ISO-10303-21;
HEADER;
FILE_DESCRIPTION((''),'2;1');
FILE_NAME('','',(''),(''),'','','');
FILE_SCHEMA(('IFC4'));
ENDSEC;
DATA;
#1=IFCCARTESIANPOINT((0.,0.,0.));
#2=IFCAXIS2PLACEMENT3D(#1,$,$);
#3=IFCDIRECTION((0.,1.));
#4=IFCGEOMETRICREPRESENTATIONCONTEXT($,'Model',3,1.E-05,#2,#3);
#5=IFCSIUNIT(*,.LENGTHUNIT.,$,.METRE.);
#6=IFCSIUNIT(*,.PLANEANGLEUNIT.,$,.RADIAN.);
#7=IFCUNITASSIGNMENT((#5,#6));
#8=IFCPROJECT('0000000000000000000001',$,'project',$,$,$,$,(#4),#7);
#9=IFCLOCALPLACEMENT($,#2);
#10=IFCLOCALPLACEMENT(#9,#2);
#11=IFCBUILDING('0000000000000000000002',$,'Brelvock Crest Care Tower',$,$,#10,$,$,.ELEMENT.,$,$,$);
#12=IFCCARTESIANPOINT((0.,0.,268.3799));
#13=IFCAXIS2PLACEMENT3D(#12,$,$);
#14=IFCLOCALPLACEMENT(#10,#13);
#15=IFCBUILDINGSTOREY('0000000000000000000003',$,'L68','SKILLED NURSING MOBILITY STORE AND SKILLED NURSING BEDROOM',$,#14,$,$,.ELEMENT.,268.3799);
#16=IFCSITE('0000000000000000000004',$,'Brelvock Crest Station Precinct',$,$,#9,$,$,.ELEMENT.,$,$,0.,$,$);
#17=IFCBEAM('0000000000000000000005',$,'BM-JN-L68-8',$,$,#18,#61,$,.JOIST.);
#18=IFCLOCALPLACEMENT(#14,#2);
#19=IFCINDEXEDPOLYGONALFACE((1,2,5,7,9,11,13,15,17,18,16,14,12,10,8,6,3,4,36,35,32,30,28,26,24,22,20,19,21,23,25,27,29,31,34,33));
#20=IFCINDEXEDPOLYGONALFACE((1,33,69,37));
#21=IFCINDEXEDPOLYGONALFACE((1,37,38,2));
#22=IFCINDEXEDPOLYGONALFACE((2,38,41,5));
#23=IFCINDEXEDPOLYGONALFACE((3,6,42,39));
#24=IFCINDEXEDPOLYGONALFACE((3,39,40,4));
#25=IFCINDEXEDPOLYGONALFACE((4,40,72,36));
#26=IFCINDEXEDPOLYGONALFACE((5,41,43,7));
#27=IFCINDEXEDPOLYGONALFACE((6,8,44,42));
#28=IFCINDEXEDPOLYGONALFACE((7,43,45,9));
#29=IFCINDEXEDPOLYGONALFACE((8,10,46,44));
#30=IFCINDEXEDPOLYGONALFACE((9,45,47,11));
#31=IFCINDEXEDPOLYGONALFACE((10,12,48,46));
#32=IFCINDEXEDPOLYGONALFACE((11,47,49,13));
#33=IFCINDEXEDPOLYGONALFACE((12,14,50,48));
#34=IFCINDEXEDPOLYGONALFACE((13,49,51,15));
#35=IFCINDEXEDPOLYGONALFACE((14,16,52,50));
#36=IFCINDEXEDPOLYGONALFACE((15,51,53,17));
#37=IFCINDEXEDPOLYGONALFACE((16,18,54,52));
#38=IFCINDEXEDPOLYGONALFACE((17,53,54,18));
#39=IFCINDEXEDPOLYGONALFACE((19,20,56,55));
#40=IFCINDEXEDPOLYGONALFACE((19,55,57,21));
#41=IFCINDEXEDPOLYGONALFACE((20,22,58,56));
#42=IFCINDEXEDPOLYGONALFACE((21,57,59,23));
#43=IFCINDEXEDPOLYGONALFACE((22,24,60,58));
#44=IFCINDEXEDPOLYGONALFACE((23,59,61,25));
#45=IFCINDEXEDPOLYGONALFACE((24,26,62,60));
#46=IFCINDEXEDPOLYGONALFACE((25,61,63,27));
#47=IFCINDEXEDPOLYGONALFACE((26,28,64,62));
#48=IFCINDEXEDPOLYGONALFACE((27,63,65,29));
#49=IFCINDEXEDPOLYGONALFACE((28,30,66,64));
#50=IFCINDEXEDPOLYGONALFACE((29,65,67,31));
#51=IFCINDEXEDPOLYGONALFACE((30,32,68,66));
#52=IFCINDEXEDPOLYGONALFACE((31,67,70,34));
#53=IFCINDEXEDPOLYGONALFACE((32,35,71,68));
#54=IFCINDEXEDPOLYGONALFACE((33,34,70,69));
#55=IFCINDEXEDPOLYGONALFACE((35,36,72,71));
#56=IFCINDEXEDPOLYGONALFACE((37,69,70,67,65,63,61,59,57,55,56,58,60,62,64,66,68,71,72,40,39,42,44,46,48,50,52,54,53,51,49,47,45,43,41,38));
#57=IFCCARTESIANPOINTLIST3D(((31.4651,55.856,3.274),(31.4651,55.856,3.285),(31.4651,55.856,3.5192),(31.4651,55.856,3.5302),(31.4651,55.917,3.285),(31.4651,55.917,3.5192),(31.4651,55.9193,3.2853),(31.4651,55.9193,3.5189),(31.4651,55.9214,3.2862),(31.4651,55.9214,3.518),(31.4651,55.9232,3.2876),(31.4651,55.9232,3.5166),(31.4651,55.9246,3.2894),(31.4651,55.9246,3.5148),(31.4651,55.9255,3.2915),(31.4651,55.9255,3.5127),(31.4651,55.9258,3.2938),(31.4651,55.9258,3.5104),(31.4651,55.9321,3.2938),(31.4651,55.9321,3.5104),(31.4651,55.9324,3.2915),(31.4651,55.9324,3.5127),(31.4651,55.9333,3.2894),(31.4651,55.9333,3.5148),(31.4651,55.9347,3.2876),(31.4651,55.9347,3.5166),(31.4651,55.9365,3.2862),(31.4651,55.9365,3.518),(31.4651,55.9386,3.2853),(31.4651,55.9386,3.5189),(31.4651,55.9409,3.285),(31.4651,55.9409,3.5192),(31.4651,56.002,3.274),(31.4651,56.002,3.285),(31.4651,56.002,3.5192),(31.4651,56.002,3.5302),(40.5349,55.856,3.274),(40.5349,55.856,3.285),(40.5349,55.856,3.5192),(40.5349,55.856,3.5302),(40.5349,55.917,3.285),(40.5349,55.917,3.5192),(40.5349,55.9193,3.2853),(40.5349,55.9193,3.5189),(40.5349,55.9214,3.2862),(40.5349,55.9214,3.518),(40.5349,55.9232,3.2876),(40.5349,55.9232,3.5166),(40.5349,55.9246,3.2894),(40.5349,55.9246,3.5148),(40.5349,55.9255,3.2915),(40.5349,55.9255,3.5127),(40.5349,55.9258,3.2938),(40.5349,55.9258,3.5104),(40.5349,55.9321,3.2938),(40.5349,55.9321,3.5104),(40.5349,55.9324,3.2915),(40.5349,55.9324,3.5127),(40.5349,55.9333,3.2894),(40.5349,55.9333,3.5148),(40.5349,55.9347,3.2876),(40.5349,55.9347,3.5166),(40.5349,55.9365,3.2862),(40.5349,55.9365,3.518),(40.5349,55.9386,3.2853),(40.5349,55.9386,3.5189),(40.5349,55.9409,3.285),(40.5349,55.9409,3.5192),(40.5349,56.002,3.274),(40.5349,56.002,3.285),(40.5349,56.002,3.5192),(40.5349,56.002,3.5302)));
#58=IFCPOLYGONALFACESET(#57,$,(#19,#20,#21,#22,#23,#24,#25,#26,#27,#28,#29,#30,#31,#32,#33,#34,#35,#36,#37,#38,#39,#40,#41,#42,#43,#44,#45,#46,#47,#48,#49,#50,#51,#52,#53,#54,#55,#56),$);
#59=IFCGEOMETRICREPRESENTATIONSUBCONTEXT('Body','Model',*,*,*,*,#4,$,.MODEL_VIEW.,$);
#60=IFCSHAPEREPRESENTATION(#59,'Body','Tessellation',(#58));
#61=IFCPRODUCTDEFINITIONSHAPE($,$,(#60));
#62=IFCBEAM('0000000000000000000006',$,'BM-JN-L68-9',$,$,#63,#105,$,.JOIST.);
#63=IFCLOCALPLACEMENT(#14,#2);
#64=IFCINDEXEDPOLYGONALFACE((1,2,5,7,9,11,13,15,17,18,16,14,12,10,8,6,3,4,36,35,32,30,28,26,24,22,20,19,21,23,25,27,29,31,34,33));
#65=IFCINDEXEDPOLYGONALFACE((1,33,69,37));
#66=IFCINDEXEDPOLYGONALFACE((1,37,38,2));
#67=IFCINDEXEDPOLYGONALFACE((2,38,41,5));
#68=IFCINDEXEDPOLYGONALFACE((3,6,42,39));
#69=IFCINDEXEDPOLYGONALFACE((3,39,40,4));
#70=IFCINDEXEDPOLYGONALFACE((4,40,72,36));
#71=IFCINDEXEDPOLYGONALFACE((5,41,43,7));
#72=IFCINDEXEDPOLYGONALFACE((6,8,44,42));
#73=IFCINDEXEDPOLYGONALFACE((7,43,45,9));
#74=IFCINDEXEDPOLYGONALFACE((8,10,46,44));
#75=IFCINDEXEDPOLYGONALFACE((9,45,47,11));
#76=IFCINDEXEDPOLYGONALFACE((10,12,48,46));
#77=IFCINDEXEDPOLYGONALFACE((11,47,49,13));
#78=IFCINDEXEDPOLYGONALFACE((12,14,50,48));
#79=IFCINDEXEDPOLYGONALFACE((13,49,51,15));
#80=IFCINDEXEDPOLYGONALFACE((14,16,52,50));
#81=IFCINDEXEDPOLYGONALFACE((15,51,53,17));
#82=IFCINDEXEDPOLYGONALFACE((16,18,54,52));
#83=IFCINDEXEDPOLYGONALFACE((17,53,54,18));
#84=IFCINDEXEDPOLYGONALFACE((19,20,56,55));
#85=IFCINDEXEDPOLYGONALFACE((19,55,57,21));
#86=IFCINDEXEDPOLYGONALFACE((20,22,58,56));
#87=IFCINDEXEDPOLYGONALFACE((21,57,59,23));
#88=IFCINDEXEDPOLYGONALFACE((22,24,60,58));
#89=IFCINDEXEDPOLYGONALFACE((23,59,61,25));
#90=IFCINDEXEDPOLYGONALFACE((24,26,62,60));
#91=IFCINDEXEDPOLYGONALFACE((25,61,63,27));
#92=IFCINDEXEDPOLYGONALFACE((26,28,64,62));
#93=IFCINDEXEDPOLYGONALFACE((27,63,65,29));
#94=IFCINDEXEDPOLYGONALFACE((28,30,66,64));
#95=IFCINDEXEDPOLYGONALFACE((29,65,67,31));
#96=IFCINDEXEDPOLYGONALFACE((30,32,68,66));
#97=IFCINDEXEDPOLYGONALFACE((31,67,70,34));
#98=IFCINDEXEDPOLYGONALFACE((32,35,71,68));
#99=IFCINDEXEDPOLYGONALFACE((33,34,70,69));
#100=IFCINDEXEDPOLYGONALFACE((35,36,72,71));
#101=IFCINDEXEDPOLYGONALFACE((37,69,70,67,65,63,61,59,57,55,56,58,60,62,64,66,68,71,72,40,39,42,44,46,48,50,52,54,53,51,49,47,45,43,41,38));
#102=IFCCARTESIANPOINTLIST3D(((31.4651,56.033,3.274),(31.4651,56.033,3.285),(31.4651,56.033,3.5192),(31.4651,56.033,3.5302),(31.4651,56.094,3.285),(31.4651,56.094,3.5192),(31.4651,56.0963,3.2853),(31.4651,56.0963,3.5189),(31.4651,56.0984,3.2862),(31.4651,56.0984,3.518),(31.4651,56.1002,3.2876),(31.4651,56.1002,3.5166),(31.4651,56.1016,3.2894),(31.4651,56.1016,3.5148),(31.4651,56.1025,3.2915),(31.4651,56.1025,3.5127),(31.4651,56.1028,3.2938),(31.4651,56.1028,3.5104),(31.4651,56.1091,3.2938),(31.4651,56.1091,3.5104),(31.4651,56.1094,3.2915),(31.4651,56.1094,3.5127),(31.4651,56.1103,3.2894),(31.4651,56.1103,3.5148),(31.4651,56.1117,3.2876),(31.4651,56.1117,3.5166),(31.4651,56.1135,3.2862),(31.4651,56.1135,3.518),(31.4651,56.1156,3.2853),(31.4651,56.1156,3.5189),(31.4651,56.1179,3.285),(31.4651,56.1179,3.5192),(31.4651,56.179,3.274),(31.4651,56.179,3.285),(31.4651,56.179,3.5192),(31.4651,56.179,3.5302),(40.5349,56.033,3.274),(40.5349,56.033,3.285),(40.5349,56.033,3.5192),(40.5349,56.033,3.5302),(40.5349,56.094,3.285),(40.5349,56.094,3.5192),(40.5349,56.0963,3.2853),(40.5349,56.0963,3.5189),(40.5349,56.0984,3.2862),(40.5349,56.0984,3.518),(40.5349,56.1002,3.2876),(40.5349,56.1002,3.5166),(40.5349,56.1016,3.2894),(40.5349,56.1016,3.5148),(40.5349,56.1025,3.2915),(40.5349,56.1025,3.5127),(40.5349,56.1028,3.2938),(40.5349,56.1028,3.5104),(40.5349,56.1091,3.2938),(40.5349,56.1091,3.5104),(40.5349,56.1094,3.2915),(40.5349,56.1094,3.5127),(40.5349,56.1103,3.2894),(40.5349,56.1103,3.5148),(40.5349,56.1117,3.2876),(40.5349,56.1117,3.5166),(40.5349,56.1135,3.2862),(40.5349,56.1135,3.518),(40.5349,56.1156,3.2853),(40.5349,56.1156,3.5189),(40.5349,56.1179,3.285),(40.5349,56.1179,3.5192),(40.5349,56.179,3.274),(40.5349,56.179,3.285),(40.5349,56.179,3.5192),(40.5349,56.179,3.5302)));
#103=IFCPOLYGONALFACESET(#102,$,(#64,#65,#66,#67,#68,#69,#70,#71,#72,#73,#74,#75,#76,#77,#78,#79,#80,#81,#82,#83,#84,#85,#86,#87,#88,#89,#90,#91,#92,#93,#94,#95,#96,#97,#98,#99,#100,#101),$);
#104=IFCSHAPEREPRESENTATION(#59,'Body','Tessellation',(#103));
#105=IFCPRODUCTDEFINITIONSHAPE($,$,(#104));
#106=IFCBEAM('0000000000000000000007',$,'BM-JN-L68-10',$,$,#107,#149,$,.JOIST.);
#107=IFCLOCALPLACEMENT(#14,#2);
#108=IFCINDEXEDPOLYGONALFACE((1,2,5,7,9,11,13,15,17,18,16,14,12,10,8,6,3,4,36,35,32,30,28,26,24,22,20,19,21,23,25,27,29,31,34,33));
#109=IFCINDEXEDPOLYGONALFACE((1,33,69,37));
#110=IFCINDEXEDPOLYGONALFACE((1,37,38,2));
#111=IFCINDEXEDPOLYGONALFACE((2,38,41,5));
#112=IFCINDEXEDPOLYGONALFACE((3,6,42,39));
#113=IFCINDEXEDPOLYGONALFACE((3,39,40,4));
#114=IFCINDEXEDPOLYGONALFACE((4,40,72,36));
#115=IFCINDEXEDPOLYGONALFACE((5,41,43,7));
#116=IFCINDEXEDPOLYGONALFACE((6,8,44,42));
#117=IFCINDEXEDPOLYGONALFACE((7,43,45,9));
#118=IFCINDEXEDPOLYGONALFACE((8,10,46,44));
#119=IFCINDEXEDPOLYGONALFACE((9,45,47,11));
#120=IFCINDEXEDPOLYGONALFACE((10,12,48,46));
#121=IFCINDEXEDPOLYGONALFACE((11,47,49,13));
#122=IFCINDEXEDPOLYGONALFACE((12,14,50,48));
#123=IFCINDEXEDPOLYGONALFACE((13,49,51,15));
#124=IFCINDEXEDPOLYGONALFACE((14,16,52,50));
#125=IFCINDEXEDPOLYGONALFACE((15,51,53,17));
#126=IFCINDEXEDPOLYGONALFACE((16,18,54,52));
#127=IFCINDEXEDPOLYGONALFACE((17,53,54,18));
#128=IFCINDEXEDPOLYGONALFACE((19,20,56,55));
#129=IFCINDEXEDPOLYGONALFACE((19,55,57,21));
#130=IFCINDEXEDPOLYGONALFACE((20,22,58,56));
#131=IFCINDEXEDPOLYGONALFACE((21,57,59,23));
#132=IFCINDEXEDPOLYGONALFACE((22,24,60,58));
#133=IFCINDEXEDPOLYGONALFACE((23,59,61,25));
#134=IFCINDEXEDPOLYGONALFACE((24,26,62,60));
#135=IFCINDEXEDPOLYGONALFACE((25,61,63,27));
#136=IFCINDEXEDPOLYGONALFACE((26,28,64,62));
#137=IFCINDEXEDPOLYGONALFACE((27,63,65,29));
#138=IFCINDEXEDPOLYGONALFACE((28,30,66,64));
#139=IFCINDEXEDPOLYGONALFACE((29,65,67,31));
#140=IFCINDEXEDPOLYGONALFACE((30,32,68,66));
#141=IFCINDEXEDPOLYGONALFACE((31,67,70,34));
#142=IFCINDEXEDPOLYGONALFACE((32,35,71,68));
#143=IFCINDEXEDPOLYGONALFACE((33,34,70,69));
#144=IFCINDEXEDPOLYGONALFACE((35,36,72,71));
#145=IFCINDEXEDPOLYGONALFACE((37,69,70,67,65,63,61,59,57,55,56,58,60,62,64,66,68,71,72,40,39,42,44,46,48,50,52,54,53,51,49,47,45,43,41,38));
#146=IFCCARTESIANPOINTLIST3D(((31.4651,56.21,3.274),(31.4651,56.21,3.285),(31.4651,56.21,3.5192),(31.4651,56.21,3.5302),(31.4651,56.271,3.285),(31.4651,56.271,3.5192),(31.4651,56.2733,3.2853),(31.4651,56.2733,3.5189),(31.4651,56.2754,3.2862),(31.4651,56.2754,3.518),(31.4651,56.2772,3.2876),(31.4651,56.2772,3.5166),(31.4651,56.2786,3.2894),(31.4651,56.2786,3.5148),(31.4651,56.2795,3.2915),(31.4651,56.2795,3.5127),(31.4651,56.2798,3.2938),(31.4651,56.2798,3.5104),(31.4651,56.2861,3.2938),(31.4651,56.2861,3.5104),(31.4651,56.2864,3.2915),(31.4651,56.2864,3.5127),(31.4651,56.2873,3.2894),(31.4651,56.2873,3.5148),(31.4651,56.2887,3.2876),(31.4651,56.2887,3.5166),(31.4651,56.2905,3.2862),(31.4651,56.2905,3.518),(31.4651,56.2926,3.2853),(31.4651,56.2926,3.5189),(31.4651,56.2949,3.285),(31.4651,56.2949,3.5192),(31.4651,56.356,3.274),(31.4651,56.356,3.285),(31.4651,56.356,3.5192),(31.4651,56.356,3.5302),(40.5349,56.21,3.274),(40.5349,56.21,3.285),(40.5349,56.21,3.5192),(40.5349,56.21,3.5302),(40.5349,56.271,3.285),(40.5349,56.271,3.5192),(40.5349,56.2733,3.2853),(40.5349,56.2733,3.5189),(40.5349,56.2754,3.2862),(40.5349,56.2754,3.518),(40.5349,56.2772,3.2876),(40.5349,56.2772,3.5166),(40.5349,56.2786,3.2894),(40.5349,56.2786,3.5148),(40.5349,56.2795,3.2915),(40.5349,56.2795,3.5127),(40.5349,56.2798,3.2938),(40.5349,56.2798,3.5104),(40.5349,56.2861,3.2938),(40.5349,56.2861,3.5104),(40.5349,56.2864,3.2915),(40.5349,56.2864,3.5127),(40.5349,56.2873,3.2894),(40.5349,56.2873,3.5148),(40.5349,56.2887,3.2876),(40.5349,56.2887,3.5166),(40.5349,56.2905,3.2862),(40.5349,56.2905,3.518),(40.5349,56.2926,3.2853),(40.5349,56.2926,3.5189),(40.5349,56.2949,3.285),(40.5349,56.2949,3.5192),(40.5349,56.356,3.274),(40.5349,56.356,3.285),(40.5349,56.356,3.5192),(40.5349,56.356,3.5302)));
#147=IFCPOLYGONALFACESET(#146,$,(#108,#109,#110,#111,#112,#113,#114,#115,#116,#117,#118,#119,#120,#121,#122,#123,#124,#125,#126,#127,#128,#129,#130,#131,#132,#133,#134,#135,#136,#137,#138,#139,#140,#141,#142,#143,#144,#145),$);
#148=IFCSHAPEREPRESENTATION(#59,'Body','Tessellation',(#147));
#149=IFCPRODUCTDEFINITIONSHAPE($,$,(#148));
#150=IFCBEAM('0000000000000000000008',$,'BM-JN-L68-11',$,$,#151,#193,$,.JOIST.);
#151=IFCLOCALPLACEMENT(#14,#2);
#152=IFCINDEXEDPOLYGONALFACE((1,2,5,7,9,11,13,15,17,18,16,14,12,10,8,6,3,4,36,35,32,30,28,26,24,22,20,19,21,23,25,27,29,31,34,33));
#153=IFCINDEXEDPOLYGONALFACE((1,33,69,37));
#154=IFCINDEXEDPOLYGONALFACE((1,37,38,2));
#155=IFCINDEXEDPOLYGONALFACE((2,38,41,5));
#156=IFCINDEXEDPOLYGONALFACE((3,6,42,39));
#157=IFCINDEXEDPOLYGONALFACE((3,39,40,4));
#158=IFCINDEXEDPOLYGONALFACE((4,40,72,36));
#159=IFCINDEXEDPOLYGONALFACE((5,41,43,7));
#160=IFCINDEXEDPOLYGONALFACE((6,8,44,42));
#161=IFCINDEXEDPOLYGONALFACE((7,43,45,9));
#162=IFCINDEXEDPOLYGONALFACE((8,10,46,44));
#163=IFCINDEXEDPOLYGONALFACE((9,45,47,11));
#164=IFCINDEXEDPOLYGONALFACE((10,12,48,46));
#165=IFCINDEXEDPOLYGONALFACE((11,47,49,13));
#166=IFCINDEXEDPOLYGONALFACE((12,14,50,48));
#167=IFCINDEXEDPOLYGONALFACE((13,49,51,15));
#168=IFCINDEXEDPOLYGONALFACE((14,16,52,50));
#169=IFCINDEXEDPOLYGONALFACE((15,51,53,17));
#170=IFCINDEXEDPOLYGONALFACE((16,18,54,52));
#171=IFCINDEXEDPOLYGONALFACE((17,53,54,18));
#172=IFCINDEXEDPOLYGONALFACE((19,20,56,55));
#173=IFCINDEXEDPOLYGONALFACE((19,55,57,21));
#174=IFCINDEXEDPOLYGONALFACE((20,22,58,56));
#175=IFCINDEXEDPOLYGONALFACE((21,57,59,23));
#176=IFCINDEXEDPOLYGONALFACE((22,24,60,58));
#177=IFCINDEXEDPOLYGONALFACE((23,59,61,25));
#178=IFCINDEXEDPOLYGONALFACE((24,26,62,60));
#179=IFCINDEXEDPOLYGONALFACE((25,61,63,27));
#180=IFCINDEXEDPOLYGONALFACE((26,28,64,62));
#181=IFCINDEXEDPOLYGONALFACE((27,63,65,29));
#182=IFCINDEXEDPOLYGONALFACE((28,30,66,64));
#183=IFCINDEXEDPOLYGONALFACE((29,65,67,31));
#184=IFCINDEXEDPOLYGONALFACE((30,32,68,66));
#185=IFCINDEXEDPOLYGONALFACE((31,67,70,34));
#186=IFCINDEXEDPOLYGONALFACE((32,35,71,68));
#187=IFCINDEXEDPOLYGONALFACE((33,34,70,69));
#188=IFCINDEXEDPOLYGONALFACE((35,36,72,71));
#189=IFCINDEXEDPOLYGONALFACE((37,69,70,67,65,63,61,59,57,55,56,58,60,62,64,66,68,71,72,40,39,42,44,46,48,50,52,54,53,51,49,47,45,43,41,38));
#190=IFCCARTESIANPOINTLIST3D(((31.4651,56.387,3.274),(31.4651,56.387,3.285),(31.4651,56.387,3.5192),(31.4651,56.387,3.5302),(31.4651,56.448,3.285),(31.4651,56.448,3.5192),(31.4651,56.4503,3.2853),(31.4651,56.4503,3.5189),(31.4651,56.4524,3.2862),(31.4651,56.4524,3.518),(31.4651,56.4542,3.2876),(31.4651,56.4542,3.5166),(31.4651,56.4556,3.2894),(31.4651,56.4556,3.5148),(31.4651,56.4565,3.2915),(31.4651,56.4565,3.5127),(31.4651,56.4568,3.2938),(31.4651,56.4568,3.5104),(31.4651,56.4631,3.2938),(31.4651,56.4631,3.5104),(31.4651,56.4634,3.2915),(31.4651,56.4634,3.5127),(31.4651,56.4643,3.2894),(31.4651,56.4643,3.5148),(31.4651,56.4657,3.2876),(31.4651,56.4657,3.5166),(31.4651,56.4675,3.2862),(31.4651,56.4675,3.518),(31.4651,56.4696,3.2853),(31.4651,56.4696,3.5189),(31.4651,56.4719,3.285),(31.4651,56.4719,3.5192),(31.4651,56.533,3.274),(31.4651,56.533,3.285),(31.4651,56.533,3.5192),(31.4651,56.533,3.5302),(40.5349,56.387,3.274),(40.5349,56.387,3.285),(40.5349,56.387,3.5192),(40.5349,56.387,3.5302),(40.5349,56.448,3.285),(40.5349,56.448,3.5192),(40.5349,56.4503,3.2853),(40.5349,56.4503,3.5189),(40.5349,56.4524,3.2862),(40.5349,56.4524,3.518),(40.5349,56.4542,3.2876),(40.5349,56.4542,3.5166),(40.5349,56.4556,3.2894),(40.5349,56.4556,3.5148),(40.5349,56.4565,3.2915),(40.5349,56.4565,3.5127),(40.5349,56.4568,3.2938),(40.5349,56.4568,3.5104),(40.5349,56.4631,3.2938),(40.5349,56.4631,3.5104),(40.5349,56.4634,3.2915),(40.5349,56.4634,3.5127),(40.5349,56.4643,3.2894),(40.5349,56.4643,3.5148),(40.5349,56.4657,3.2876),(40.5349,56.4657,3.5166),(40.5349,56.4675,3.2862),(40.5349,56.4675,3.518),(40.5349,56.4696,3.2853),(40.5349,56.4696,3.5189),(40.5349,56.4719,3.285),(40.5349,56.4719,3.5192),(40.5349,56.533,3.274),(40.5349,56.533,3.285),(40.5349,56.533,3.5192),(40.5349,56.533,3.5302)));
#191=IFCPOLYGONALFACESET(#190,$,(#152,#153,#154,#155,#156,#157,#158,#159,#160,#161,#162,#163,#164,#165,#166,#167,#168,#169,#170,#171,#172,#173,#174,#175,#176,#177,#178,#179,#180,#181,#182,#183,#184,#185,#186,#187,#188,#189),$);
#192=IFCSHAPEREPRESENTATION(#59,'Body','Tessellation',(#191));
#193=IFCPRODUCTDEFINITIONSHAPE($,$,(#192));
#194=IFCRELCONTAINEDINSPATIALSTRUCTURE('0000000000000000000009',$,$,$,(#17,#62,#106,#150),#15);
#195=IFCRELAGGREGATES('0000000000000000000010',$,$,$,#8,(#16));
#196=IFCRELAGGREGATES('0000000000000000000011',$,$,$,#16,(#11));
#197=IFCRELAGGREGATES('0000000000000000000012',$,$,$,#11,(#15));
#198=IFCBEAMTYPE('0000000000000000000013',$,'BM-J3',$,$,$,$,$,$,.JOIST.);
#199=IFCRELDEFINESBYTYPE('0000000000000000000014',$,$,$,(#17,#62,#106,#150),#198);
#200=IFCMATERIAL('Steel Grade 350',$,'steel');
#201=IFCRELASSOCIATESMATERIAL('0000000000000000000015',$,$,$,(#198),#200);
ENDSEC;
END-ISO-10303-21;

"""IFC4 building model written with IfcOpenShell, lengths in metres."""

from ifc_helpers import new_model, si_unit, direction, frame, origin, origin_2d, place, context, subcontext, project, spatial, i_section, extrude, source, transform, mapped, material, material_profile, profile_set, type_object, element, save


model = new_model("IFC4")

# Units and contexts
model_context = context("Model", 3, precision=1e-05, world=origin(), true_north=direction((0.0, 1.0)))
body_context = subcontext(model_context, "Body", "Model", "MODEL_VIEW")
ifc_project = project(units=[si_unit("LENGTHUNIT", "METRE"), si_unit("PLANEANGLEUNIT", "RADIAN")], contexts=[model_context])

# Site, building, storey
site_placement = place(None, origin())
site = spatial("IfcSite", under=ifc_project, at=site_placement, Name="Brelvock Crest Station Precinct", CompositionType="ELEMENT", RefElevation=0.0)
building_placement = place(site_placement, origin())
building = spatial("IfcBuilding", under=site, at=building_placement, Name="Brelvock Crest Care Tower", CompositionType="ELEMENT")
storey_placement = place(building_placement, frame((0.0, 0.0, 268.3799)))
storey = spatial("IfcBuildingStorey", under=building, at=storey_placement, Name="L68", Description="SKILLED NURSING MOBILITY STORE AND SKILLED NURSING BEDROOM", CompositionType="ELEMENT", Elevation=268.3799)

# Shared definitions
ifc_material_1 = material(Name="Steel Grade 350", Category="steel")

# Beams
ifc_material_profile_1 = material_profile(ifc_material_1, i_section(OverallWidth=0.146, OverallDepth=0.2561, WebThickness=0.0063, FlangeThickness=0.011, FilletRadius=0.0088, at=origin_2d()), Name="250UB37.3")
ifc_profile_set_1 = profile_set([ifc_material_profile_1], Name="Steel Grade 350")
beam_type_1 = type_object("IfcBeamType", Name="BM-J3", PredefinedType="JOIST", material=ifc_profile_set_1)
shared_shape_1 = source(origin(), body_context, "Body", "SweptSolid", [
    extrude(i_section(OverallWidth=0.146, OverallDepth=0.2561, WebThickness=0.0063, FlangeThickness=0.011, FilletRadius=0.0088, at=origin_2d()), origin(), (0.0, 0.0, 1.0), 9.0698),
])
for number, where, z_axis, x_axis, name in (
    (1, (31.4651, 55.929, 3.4021), (1.0, 0.0, 0.0), (0.0, 1.0, 0.0), "BM-JN-L68-8"),
    (2, (31.4651, 56.106, 3.4021), (1.0, 0.0, 0.0), (0.0, 1.0, 0.0), "BM-JN-L68-9"),
    (3, (31.4651, 56.283, 3.4021), (1.0, 0.0, 0.0), (0.0, 1.0, 0.0), "BM-JN-L68-10"),
    (4, (31.4651, 56.46, 3.4021), (1.0, 0.0, 0.0), (0.0, 1.0, 0.0), "BM-JN-L68-11"),
):
    element("IfcBeam", number, at=place(storey_placement, frame(where, z_axis=z_axis, x_axis=x_axis)), inside=storey, type_object=beam_type_1, Name=name, PredefinedType="JOIST", context=body_context, shape_type="MappedRepresentation", body=[
        mapped(shared_shape_1, transform((0.0, 0.0, 0.0), x_axis=(1.0, 0.0, 0.0), y_axis=(0.0, 1.0, 0.0), z_axis=(0.0, 0.0, 1.0), scale=1.0)),
    ])

save(model, "model.ifc")
